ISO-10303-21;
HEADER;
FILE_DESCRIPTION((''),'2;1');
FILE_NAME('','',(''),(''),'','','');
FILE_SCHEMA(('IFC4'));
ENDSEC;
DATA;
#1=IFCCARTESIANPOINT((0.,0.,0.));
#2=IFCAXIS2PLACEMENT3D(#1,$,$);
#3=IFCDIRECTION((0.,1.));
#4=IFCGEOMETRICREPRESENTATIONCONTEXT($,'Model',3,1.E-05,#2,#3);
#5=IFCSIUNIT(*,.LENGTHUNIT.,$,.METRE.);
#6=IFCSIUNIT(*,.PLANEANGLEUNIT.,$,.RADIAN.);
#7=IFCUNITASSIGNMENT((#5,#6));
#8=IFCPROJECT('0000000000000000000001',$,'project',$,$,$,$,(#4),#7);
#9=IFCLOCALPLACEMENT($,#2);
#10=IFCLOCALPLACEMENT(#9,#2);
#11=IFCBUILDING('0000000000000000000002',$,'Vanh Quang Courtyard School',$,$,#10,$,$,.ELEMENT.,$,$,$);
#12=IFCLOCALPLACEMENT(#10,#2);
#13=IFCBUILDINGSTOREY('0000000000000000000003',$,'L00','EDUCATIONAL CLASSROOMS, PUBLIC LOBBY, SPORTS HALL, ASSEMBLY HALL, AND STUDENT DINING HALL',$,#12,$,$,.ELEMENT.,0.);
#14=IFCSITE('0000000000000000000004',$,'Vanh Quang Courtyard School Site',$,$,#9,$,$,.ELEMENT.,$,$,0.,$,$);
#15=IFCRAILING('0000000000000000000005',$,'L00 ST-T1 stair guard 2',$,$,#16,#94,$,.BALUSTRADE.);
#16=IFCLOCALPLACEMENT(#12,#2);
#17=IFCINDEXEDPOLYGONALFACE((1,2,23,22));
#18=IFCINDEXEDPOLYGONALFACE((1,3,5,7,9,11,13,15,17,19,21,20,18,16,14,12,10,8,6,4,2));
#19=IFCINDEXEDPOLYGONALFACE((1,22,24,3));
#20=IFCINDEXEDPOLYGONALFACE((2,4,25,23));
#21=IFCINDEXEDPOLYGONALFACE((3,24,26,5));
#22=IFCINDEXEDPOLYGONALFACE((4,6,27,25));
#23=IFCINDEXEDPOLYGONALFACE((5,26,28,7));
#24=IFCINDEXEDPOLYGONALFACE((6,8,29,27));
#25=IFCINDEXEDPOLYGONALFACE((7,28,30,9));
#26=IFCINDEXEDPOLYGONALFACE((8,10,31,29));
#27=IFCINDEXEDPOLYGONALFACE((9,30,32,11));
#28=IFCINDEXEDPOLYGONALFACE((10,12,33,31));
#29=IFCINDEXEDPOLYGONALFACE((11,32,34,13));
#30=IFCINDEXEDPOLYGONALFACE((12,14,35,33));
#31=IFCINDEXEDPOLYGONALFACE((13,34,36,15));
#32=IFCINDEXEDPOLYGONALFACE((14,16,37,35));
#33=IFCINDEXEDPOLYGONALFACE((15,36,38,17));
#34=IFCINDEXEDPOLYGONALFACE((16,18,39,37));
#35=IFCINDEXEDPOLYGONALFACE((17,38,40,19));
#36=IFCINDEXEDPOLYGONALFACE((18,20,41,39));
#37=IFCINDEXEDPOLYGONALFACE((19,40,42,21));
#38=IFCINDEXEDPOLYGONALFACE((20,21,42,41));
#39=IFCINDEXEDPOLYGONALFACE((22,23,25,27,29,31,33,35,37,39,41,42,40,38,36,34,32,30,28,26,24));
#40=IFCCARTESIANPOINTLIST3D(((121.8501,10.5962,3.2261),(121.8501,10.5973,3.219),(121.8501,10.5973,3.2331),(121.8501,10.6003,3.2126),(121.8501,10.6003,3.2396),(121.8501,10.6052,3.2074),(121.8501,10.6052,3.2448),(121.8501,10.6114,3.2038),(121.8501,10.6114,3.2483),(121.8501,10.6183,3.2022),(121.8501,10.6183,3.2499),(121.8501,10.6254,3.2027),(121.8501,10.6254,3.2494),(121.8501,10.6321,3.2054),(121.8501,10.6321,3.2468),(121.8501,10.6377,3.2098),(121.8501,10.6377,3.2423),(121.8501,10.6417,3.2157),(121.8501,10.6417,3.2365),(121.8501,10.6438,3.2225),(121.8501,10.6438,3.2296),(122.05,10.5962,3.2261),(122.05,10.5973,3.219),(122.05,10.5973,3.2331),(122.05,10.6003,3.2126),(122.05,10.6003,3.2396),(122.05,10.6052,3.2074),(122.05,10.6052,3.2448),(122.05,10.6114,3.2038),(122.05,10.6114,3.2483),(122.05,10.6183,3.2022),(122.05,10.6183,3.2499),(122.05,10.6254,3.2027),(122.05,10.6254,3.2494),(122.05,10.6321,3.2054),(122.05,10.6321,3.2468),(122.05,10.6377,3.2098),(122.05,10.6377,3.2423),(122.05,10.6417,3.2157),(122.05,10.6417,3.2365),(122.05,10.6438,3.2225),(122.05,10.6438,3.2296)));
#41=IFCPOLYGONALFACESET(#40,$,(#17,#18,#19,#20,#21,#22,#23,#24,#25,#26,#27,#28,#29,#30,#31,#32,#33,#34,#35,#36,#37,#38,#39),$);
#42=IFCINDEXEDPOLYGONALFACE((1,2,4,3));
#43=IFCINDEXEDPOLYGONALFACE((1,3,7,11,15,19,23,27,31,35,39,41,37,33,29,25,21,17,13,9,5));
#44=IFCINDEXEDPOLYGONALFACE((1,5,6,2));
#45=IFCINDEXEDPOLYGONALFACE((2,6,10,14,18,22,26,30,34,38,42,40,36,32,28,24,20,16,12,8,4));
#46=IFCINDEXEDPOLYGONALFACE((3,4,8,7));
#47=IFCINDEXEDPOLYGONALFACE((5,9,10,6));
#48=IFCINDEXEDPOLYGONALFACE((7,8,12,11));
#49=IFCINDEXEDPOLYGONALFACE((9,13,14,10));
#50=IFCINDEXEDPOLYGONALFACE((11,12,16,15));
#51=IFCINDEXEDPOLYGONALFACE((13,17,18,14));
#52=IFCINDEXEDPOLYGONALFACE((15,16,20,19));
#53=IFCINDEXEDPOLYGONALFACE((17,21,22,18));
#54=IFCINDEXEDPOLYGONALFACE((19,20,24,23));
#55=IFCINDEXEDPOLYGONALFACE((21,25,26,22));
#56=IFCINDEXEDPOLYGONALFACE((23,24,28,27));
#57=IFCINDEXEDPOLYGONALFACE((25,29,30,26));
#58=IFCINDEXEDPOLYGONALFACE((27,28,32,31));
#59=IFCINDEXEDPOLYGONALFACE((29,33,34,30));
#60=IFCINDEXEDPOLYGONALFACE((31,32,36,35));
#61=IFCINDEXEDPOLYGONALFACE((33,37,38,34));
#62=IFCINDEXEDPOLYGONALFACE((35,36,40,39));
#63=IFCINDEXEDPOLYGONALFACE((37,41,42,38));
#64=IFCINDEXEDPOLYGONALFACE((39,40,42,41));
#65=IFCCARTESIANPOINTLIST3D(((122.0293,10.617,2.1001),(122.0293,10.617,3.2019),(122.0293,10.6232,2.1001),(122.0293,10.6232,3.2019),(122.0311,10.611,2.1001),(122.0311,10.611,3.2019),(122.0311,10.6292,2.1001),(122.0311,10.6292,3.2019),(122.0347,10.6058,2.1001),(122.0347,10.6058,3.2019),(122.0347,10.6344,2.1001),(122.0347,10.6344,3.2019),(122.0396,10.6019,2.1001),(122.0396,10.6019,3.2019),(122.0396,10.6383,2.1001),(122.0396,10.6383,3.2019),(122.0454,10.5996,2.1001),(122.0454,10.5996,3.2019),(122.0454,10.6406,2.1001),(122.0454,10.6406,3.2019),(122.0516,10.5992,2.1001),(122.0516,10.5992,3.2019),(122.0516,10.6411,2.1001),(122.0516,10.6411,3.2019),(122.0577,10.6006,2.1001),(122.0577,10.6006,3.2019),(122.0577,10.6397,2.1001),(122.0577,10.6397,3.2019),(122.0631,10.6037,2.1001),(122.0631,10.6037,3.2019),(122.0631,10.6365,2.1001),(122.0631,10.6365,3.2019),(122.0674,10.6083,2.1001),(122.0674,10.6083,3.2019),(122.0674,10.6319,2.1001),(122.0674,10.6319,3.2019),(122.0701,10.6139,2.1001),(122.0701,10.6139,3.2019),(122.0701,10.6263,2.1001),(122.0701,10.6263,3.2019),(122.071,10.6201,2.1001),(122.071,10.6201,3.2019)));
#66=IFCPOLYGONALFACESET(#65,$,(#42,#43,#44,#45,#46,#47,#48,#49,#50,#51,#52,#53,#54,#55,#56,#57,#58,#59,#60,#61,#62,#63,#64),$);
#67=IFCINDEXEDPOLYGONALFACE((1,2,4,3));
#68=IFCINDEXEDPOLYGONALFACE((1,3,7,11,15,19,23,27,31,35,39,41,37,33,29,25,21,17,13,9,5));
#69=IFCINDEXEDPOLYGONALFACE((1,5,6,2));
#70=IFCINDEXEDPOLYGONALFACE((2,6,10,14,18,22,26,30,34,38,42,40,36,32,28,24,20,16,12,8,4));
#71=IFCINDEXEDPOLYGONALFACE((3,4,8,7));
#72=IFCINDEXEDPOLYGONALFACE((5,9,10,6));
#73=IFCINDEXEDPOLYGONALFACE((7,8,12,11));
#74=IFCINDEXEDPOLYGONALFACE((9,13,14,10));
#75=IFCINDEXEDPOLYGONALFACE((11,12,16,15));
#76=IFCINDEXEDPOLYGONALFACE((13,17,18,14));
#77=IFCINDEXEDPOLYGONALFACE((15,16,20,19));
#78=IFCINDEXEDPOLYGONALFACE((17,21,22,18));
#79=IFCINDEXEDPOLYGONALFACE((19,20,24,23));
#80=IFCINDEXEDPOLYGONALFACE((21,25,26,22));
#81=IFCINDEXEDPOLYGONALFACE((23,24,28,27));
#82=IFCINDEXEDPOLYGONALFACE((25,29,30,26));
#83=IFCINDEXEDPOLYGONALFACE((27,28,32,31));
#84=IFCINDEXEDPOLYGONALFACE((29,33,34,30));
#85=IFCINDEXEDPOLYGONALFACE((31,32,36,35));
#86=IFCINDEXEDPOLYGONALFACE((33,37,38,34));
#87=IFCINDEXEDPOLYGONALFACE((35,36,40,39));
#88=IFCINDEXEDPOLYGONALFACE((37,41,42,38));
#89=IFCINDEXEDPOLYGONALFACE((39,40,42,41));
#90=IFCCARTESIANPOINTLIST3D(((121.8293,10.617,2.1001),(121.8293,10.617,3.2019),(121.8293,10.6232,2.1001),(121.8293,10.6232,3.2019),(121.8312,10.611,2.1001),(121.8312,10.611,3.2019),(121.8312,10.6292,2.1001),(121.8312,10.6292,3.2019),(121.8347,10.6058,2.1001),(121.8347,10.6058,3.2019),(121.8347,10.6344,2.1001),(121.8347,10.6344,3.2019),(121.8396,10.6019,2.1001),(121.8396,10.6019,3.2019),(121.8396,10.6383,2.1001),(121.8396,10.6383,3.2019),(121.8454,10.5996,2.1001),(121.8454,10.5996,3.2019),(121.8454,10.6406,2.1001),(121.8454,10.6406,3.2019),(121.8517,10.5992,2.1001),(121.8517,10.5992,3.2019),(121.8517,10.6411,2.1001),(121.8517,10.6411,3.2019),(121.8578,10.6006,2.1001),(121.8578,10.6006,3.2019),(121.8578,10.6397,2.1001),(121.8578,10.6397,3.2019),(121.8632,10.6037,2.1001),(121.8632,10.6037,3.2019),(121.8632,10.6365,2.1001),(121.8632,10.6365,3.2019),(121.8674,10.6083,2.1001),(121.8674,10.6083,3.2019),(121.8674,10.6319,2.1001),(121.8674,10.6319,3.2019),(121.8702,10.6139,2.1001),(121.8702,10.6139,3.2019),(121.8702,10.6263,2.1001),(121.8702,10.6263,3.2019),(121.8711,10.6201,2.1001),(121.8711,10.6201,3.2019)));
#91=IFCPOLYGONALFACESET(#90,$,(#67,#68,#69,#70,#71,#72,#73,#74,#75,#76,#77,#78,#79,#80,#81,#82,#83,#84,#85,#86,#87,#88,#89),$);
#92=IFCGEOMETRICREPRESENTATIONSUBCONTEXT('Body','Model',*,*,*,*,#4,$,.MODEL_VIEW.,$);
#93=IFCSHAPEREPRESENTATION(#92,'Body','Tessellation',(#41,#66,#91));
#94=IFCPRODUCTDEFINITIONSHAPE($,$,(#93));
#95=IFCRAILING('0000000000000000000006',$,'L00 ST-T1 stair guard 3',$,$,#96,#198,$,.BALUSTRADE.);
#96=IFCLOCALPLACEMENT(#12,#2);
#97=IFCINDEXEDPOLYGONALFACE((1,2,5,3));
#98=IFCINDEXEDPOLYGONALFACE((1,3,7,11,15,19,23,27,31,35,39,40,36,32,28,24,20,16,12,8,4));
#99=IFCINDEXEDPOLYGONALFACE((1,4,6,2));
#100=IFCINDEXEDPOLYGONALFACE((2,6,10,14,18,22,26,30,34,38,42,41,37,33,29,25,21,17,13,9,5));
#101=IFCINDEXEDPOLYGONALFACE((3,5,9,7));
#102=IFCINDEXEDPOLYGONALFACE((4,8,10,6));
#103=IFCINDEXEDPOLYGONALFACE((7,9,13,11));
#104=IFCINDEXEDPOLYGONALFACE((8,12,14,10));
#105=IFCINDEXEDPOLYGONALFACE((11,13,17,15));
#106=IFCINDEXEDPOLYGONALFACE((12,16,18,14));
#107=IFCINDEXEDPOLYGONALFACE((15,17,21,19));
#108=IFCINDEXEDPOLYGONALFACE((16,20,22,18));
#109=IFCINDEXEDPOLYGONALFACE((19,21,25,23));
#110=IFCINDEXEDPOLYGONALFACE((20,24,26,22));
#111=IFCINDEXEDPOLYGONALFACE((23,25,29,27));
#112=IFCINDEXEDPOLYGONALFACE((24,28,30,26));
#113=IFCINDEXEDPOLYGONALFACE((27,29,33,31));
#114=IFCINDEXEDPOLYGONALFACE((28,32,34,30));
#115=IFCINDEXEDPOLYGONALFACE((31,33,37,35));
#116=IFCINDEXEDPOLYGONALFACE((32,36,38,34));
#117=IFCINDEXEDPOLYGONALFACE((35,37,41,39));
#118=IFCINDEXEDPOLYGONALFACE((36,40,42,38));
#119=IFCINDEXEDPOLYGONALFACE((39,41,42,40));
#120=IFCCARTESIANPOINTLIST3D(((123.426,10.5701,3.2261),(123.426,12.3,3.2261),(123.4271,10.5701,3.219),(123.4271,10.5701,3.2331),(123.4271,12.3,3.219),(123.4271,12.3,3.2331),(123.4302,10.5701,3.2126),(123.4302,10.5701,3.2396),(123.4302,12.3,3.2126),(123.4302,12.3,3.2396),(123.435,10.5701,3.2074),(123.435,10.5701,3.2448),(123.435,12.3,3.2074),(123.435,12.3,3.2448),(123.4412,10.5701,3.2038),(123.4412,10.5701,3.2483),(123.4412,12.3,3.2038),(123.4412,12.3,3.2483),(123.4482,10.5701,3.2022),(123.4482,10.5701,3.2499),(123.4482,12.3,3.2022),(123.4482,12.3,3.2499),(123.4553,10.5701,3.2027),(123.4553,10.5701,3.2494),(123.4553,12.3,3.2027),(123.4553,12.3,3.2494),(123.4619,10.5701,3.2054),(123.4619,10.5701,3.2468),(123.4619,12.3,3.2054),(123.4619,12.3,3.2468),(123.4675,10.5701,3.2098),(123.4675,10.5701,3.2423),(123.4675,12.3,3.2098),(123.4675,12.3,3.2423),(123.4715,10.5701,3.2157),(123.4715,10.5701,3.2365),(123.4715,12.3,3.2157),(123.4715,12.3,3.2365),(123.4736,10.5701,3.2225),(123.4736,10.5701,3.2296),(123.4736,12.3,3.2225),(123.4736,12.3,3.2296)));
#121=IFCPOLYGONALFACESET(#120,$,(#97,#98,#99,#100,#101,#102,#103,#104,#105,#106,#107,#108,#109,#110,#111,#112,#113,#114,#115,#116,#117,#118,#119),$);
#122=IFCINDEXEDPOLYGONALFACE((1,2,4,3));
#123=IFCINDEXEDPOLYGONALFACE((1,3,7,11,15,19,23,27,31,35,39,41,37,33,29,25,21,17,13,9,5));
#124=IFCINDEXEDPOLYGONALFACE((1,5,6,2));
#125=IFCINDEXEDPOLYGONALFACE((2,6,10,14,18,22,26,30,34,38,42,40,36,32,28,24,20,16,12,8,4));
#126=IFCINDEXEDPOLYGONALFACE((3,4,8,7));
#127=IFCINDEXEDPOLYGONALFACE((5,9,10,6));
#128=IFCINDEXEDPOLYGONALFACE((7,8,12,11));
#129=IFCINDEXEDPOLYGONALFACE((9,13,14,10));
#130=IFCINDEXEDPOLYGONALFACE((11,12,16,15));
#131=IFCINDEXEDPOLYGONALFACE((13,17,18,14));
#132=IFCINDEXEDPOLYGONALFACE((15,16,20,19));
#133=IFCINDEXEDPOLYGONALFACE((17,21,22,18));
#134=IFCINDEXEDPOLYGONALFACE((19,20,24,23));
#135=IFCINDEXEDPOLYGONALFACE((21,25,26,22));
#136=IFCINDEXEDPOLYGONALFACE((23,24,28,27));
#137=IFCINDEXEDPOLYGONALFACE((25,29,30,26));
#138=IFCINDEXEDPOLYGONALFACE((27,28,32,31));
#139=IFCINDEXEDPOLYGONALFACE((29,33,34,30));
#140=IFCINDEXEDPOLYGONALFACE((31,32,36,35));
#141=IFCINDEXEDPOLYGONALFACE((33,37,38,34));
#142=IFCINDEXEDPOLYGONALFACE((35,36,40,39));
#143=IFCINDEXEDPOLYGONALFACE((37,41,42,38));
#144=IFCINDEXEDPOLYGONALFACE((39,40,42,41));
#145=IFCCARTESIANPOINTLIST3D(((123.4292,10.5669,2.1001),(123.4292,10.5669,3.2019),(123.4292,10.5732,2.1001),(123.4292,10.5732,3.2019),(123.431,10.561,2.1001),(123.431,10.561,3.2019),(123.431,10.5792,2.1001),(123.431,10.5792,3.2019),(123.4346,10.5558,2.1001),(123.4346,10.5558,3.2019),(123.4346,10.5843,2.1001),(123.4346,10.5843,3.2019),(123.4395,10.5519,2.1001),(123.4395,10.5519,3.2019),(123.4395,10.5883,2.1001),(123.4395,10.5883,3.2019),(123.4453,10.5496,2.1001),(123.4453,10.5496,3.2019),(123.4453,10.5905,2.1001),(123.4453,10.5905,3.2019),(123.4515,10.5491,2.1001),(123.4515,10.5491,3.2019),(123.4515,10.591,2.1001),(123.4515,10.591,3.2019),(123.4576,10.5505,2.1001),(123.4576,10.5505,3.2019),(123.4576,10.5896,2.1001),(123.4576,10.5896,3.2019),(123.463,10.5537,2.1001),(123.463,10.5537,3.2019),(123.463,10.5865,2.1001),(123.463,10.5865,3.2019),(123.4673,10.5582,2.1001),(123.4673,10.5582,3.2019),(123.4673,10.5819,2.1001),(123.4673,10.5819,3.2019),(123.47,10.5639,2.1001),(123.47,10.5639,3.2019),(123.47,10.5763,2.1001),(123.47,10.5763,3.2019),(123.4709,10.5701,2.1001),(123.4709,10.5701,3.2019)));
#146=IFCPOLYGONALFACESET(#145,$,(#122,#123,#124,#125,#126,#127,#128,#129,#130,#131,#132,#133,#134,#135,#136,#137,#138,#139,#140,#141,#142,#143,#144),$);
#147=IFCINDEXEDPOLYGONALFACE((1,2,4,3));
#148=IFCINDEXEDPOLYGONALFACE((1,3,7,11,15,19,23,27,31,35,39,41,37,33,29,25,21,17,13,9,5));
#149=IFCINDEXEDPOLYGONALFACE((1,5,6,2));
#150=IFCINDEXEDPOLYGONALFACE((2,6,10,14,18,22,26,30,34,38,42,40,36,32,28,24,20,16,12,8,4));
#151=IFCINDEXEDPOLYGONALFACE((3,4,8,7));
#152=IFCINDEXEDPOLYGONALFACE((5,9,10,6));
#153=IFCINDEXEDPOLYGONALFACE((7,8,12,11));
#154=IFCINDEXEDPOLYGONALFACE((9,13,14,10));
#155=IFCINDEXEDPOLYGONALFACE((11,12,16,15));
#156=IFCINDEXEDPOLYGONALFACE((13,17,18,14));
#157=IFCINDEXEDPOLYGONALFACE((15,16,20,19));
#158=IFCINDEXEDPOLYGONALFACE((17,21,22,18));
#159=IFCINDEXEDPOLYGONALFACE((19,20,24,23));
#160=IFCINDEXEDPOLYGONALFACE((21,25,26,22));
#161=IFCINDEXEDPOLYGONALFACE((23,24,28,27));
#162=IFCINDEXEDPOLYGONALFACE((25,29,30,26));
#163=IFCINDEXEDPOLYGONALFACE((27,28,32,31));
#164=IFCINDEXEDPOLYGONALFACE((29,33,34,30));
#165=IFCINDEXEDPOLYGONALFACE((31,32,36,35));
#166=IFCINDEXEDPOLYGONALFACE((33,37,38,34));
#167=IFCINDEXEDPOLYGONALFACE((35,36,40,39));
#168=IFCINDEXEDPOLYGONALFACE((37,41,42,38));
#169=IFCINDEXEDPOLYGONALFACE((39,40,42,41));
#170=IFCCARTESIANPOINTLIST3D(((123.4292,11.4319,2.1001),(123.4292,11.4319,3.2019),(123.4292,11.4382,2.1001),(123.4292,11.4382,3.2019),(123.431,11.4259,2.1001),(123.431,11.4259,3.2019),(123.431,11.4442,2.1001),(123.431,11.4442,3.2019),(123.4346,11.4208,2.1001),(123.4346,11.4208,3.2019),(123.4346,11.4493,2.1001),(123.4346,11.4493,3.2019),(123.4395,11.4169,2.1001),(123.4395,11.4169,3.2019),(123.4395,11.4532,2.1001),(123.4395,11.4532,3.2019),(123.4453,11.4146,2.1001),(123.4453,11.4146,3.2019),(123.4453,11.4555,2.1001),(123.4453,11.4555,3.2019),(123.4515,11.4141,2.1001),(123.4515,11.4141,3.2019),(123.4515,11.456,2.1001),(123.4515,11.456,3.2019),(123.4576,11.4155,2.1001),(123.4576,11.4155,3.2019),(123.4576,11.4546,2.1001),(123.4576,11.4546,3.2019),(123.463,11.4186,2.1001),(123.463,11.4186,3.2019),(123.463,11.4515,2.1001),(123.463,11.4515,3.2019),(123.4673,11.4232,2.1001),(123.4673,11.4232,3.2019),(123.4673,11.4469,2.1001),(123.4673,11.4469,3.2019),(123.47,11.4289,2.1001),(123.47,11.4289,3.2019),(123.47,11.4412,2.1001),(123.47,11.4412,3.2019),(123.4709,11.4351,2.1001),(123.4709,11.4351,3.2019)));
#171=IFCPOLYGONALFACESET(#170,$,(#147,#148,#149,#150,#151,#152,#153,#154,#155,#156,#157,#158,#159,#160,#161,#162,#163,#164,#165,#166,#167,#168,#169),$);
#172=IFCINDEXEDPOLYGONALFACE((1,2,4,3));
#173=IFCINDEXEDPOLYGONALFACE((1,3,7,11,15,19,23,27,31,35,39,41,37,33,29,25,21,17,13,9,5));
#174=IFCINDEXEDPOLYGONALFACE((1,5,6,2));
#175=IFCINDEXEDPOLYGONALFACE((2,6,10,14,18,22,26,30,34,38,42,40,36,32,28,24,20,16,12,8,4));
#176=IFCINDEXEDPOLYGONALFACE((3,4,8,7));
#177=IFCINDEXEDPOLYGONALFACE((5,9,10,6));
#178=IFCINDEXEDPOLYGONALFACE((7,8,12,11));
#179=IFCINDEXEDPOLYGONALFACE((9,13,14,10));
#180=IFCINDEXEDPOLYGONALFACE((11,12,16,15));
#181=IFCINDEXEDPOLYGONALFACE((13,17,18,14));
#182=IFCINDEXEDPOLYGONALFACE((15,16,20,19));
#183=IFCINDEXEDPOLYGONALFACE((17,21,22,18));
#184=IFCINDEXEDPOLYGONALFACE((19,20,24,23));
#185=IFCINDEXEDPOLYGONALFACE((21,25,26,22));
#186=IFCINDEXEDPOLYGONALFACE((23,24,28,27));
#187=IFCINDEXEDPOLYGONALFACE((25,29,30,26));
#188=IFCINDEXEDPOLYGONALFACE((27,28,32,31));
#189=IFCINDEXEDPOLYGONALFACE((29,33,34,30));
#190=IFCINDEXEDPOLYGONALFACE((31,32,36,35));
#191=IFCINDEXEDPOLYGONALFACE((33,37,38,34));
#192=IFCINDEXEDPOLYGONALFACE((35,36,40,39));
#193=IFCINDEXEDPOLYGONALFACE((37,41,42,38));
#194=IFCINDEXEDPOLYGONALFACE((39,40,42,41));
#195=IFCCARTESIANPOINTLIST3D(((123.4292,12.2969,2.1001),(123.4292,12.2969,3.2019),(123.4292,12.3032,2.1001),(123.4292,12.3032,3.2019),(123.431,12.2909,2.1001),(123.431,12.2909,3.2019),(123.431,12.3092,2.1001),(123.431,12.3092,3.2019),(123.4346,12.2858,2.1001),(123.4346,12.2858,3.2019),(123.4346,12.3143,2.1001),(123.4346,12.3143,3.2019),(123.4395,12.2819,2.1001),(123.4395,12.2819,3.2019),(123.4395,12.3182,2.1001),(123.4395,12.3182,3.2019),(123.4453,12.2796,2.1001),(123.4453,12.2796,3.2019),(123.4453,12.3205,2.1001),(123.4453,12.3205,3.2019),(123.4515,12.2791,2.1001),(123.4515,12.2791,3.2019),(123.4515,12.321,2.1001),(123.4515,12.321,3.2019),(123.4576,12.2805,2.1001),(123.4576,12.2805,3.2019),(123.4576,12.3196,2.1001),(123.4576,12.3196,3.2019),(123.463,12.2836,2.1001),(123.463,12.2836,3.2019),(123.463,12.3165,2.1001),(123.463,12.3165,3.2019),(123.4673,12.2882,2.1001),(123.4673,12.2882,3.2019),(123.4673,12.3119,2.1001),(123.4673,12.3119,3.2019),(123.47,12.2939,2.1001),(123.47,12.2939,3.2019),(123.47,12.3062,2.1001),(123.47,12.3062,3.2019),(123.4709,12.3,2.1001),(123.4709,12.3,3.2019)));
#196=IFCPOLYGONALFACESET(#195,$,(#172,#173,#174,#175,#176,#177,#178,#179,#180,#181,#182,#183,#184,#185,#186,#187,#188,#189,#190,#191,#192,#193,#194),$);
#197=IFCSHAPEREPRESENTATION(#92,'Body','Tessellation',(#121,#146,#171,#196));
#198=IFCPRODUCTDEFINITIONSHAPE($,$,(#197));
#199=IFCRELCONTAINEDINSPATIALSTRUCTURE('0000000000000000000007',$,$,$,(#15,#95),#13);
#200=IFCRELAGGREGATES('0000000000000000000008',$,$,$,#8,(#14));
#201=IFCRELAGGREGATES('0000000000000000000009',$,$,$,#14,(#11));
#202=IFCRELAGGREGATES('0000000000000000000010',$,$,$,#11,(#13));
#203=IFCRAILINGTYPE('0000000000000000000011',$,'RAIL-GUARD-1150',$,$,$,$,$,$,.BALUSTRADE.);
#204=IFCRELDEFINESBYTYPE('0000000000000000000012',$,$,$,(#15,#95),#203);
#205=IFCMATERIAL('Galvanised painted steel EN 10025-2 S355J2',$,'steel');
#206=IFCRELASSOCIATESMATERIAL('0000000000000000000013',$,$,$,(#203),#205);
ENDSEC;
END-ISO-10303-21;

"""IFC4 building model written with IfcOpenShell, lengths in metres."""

from ifc_helpers import new_model, si_unit, direction, frame, origin, origin_2d, place, context, subcontext, project, spatial, circle, extrude, material, type_object, element, save


model = new_model("IFC4")

# Units and contexts
model_context = context("Model", 3, precision=1e-05, world=origin(), true_north=direction((0.0, 1.0)))
body_context = subcontext(model_context, "Body", "Model", "MODEL_VIEW")
ifc_project = project(units=[si_unit("LENGTHUNIT", "METRE"), si_unit("PLANEANGLEUNIT", "RADIAN")], contexts=[model_context])

# Site, building, storey
site_placement = place(None, origin())
site = spatial("IfcSite", under=ifc_project, at=site_placement, Name="Vanh Quang Courtyard School Site", CompositionType="ELEMENT", RefElevation=0.0)
building_placement = place(site_placement, origin())
building = spatial("IfcBuilding", under=site, at=building_placement, Name="Vanh Quang Courtyard School", CompositionType="ELEMENT")
storey_placement = place(building_placement, origin())
storey = spatial("IfcBuildingStorey", under=building, at=storey_placement, Name="L00", Description="EDUCATIONAL CLASSROOMS, PUBLIC LOBBY, SPORTS HALL, ASSEMBLY HALL, AND STUDENT DINING HALL", CompositionType="ELEMENT", Elevation=0.0)

# Railings
ifc_material_1 = material(Name="Galvanised painted steel EN 10025-2 S355J2", Category="steel")
railing_type_1 = type_object("IfcRailingType", Name="RAIL-GUARD-1150", PredefinedType="BALUSTRADE", material=ifc_material_1)
railing_1_placement = place(storey_placement, frame((122.05, 10.6201, 2.1001)))
element("IfcRailing", 1, at=railing_1_placement, inside=storey, type_object=railing_type_1, Name="L00 ST-T1 stair guard 2", PredefinedType="BALUSTRADE", context=body_context, shape_type="SweptSolid", body=[
    extrude(circle(Radius=0.0239, at=origin_2d()), frame((0.0, 0.0, 1.126), z_axis=(-1.0, 0.0, 0.0), x_axis=(0.0, -1.0, 0.0)), (0.0, 0.0, 1.0), 0.2),
    extrude(circle(Radius=0.021, at=origin_2d()), origin(), (0.0, 0.0, 1.0), 1.1018),
    extrude(circle(Radius=0.021, at=origin_2d()), frame((-0.2, 0.0, 0.0)), (0.0, 0.0, 1.0), 1.1018),
])
railing_2_placement = place(storey_placement, frame((123.45, 10.5701, 2.1001)))
element("IfcRailing", 2, at=railing_2_placement, inside=storey, type_object=railing_type_1, Name="L00 ST-T1 stair guard 3", PredefinedType="BALUSTRADE", context=body_context, shape_type="SweptSolid", body=[
    extrude(circle(Radius=0.0239, at=origin_2d()), frame((0.0, 0.0, 1.126), z_axis=(0.0, 1.0, 0.0), x_axis=(-1.0, 0.0, 0.0)), (0.0, 0.0, 1.0), 1.73),
    extrude(circle(Radius=0.021, at=origin_2d()), origin(), (0.0, 0.0, 1.0), 1.1018),
    extrude(circle(Radius=0.021, at=origin_2d()), frame((0.0, 0.865, 0.0)), (0.0, 0.0, 1.0), 1.1018),
    extrude(circle(Radius=0.021, at=origin_2d()), frame((0.0, 1.73, 0.0)), (0.0, 0.0, 1.0), 1.1018),
])

save(model, "model.ifc")
